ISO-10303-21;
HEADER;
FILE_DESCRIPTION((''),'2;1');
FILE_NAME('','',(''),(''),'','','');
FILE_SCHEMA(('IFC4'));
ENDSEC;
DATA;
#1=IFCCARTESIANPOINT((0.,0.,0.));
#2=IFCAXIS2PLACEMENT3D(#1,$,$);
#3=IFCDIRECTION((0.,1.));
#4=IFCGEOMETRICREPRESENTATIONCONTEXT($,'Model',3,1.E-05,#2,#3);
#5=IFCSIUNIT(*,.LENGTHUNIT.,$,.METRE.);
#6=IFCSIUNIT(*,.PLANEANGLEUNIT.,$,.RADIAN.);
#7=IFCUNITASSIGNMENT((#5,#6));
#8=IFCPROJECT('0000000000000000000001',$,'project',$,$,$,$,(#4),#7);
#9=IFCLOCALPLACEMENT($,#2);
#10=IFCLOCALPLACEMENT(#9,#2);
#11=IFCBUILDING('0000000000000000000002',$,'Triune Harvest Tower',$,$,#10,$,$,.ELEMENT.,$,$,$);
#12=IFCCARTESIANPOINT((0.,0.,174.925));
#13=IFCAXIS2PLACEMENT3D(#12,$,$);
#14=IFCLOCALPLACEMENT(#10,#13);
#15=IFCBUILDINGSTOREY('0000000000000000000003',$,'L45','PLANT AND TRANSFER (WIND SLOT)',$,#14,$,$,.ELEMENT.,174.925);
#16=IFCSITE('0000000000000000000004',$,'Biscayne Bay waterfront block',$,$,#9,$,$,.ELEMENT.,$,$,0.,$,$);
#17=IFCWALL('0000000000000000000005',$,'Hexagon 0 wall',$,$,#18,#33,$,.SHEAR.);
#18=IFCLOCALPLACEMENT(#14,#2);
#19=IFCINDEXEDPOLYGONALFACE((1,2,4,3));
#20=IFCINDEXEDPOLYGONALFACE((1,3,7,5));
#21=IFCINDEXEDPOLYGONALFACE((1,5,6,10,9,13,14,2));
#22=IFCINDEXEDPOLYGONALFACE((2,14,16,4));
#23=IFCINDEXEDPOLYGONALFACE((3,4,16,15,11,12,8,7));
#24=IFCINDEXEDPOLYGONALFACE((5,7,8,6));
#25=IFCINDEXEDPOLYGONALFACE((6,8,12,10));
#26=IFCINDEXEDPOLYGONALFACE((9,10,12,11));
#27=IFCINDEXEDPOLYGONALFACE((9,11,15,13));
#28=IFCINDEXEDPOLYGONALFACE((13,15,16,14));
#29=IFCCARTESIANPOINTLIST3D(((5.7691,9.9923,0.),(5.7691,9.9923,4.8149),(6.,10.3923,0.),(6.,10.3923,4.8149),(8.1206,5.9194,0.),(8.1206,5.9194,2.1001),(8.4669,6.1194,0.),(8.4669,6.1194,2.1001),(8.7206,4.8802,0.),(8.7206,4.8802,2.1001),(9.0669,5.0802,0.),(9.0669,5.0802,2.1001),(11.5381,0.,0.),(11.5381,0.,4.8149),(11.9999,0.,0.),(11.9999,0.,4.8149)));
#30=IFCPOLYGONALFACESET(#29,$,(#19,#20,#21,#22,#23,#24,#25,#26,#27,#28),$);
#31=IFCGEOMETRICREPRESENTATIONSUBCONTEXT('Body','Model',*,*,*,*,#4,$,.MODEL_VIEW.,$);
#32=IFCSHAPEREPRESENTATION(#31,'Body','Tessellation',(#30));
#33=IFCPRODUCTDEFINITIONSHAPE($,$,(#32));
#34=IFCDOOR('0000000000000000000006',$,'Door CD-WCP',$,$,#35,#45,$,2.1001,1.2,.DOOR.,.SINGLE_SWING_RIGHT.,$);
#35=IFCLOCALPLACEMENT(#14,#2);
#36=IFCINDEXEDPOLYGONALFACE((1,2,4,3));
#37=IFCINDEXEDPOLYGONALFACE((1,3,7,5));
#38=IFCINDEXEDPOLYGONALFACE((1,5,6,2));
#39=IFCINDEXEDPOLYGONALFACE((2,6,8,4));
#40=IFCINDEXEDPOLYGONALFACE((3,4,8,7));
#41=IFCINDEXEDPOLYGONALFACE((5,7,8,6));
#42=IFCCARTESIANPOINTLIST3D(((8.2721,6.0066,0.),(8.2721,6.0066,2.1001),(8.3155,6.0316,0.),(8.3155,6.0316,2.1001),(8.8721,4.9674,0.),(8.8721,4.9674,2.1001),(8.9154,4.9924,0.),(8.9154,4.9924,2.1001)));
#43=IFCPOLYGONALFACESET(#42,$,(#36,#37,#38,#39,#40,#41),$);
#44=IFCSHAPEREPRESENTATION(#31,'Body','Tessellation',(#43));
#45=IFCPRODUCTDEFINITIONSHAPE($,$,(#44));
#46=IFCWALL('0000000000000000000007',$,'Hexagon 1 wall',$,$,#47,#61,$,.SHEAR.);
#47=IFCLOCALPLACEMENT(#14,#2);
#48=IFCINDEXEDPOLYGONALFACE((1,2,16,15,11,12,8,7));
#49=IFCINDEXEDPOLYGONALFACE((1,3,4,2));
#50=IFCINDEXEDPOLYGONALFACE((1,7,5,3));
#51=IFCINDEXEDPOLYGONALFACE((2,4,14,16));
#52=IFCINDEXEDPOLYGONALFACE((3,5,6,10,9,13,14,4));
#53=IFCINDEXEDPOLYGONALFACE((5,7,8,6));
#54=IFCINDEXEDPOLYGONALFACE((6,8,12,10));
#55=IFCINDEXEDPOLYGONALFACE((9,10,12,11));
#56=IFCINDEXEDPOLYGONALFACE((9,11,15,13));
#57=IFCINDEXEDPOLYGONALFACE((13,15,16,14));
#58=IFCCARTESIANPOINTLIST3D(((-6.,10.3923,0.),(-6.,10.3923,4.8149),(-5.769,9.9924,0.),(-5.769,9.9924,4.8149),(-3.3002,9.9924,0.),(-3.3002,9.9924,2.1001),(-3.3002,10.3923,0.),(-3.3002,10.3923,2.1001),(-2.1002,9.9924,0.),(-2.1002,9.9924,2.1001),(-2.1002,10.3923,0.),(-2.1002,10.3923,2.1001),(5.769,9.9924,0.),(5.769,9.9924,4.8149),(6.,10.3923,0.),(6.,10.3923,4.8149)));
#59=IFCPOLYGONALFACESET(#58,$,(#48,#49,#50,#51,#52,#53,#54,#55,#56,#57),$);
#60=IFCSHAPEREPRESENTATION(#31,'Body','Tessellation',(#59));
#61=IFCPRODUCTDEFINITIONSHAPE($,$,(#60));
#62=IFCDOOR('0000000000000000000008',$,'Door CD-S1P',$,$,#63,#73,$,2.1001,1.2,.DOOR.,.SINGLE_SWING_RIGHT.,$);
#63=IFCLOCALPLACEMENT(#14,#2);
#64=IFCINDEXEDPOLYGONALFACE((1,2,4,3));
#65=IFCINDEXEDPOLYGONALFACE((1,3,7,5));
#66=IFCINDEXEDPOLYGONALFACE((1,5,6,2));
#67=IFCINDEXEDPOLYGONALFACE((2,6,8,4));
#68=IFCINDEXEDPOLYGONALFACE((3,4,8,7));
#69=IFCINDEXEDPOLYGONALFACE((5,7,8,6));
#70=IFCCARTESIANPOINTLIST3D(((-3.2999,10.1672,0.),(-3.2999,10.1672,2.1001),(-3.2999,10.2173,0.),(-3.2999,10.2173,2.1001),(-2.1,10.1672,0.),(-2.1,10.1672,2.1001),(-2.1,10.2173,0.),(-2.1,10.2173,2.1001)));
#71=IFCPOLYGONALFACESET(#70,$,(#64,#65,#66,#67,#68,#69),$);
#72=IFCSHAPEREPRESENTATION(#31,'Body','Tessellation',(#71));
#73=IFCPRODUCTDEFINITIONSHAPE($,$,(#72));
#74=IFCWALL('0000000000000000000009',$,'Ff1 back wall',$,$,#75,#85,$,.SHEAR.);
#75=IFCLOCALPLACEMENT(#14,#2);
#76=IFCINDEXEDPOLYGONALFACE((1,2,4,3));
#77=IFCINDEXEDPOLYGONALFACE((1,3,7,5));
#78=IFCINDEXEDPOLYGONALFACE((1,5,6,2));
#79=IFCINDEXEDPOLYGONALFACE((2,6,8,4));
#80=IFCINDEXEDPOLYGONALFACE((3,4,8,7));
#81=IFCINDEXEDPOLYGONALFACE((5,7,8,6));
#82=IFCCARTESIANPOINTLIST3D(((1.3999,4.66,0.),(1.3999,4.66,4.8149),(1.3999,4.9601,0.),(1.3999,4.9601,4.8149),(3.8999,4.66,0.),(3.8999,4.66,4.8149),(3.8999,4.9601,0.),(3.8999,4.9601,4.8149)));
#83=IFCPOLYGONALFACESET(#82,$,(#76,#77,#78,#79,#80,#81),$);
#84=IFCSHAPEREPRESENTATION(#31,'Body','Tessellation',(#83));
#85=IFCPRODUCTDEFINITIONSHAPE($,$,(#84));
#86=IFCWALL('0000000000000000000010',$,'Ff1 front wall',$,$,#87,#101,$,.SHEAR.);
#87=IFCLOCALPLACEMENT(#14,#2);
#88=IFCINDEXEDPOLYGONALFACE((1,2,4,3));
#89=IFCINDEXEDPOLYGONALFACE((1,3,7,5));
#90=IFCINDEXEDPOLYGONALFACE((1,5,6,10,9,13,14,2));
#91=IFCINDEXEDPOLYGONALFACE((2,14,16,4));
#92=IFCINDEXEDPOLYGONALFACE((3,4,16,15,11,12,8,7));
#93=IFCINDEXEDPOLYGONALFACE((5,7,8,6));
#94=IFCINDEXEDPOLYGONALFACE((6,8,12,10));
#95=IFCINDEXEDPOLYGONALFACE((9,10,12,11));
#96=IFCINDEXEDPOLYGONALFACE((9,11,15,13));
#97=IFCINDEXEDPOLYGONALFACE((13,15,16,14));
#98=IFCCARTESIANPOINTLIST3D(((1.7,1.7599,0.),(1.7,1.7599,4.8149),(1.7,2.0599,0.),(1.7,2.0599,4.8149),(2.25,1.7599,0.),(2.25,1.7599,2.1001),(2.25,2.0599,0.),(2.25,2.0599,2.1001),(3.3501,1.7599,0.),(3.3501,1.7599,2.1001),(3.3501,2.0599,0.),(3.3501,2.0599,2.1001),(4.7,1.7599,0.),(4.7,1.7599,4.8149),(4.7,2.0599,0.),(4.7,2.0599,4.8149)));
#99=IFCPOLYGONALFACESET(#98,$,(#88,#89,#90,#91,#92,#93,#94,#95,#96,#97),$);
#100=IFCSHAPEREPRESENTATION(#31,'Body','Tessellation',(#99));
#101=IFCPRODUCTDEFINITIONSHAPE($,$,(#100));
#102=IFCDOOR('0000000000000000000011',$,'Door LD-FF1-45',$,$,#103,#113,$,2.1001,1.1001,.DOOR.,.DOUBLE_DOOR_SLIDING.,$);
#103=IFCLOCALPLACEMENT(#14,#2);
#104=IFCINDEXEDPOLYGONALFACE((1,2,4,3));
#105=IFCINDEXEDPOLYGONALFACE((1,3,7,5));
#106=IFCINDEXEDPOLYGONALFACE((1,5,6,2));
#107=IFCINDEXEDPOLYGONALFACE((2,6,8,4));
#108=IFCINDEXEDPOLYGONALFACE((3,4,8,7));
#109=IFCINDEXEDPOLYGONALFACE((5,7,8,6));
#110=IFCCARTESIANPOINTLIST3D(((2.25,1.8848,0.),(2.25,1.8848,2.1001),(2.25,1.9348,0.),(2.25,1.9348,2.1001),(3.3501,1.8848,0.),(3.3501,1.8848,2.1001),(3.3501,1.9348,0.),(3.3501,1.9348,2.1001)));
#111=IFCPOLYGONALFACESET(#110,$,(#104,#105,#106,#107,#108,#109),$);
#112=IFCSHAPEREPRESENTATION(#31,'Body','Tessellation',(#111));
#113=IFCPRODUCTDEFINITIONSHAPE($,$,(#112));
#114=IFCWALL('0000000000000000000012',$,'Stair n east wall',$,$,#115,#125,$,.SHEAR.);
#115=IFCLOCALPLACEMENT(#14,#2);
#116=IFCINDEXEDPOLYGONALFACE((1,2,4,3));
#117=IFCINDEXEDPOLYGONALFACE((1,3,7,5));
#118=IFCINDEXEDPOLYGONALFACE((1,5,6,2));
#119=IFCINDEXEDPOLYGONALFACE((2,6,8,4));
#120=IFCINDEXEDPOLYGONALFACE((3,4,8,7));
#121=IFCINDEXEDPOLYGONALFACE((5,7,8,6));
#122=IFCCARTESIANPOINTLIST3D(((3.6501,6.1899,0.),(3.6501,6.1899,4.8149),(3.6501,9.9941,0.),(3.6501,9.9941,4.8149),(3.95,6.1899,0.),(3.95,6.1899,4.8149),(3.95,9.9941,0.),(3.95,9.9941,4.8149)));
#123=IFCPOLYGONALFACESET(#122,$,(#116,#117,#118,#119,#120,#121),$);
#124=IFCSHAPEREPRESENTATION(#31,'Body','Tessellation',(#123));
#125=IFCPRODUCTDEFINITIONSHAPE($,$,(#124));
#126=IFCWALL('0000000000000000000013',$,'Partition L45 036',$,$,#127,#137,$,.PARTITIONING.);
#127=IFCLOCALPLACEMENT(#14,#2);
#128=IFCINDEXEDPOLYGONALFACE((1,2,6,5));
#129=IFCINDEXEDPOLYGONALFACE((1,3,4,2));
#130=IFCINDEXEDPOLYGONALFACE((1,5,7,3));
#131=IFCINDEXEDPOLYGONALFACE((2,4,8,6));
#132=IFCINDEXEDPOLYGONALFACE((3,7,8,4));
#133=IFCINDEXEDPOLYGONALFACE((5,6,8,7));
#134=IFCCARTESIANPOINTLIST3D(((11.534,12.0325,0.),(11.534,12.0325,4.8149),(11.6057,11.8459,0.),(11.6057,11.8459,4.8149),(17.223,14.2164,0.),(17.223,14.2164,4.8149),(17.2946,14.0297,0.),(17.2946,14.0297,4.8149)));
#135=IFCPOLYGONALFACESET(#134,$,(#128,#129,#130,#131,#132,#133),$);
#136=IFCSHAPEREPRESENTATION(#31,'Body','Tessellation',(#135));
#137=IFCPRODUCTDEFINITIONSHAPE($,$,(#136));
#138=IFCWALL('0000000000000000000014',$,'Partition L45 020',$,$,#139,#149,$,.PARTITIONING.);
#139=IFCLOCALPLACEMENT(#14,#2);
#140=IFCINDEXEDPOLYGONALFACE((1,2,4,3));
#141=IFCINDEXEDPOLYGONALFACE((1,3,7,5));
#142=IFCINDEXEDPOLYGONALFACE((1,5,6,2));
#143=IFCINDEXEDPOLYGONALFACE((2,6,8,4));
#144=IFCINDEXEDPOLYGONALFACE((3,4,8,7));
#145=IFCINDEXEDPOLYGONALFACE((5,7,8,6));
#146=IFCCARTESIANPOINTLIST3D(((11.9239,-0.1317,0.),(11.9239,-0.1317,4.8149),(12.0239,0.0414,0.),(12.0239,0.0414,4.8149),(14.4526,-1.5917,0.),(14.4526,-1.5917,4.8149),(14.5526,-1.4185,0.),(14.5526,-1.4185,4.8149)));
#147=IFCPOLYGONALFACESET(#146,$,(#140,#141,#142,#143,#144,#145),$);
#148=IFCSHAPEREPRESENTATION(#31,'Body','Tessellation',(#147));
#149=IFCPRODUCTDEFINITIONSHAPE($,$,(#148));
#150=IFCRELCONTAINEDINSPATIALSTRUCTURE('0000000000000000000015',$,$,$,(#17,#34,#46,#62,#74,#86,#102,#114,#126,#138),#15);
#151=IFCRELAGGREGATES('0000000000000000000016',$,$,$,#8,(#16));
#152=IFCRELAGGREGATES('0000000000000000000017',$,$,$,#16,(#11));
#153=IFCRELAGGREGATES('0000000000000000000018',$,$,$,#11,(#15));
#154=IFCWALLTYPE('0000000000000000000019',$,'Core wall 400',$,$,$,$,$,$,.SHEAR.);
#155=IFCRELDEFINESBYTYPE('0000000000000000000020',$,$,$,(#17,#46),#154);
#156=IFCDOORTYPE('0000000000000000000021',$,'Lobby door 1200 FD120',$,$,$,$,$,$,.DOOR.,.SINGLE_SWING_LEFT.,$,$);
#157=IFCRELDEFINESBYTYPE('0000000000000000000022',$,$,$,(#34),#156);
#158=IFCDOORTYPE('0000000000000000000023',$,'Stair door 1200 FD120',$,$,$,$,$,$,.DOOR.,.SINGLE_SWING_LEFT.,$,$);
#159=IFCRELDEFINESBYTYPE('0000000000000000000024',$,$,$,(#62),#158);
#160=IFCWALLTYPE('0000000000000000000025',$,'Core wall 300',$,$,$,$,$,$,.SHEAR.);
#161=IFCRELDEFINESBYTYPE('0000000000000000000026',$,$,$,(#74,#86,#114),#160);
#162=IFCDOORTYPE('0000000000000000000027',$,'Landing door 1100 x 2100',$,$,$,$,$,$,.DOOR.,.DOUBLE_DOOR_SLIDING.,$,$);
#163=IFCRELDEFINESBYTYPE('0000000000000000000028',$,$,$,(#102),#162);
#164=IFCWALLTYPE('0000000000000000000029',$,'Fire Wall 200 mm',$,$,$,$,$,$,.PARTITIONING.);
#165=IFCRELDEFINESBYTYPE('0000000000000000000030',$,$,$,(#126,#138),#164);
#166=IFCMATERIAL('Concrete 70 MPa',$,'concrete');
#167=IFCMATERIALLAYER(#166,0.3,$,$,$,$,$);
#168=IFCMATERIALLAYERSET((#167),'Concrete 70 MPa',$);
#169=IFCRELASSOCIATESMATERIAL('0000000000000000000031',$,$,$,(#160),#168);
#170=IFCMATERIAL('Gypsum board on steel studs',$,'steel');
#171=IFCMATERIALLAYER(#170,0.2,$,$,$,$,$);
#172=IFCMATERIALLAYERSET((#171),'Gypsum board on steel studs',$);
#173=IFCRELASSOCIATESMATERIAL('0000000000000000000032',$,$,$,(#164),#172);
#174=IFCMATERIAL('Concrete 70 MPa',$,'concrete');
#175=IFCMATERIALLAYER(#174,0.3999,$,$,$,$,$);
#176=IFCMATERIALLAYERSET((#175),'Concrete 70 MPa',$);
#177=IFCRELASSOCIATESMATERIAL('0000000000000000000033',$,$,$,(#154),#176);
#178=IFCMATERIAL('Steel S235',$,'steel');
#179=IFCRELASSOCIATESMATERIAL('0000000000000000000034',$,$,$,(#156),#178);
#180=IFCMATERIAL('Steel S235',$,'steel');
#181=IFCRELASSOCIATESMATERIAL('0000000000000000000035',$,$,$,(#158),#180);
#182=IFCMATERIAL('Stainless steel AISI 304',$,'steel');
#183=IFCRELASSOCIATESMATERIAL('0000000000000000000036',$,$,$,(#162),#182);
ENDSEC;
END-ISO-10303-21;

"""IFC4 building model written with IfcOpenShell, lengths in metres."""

from ifc_helpers import new_model, si_unit, direction, frame, frame_2d, origin, place, context, subcontext, project, spatial, polyline, rectangle, outline, extrude, source, transform, mapped, material, layer, layer_set, type_object, element, fill, save


model = new_model("IFC4")

# Units and contexts
model_context = context("Model", 3, precision=1e-05, world=origin(), true_north=direction((0.0, 1.0)))
body_context = subcontext(model_context, "Body", "Model", "MODEL_VIEW")
ifc_project = project(units=[si_unit("LENGTHUNIT", "METRE"), si_unit("PLANEANGLEUNIT", "RADIAN")], contexts=[model_context])

# Site, building, storey
site_placement = place(None, origin())
site = spatial("IfcSite", under=ifc_project, at=site_placement, Name="Biscayne Bay waterfront block", CompositionType="ELEMENT", RefElevation=0.0)
building_placement = place(site_placement, origin())
building = spatial("IfcBuilding", under=site, at=building_placement, Name="Triune Harvest Tower", CompositionType="ELEMENT")
storey_placement = place(building_placement, frame((0.0, 0.0, 174.925)))
storey = spatial("IfcBuildingStorey", under=building, at=storey_placement, Name="L45", Description="PLANT AND TRANSFER (WIND SLOT)", CompositionType="ELEMENT", Elevation=174.925)

# Shared definitions
ifc_material_1 = material(Name="Concrete 70 MPa", Category="concrete")
ifc_layer_1 = layer(ifc_material_1, 0.3)
ifc_layer_set_1 = layer_set([ifc_layer_1], Name="Concrete 70 MPa")
wall_type_1 = type_object("IfcWallType", Name="Core wall 300", PredefinedType="SHEAR", material=ifc_layer_set_1)
ifc_material_2 = material(Name="Gypsum board on steel studs", Category="steel")
ifc_layer_2 = layer(ifc_material_2, 0.2)
ifc_layer_set_2 = layer_set([ifc_layer_2], Name="Gypsum board on steel studs")
wall_type_2 = type_object("IfcWallType", Name="Fire Wall 200 mm", PredefinedType="PARTITIONING", material=ifc_layer_set_2)

# Walls, openings, doors
ifc_material_3 = material(Name="Concrete 70 MPa", Category="concrete")
ifc_layer_3 = layer(ifc_material_3, 0.3999)
ifc_layer_set_3 = layer_set([ifc_layer_3], Name="Concrete 70 MPa")
wall_type_3 = type_object("IfcWallType", Name="Core wall 400", PredefinedType="SHEAR", material=ifc_layer_set_3)
shared_shape_1 = source(origin(), body_context, "Body", "SweptSolid", [
    extrude(outline(polyline([(-0.1155, -0.2), (11.8845, -0.2), (11.6536, 0.2), (0.1155, 0.2), (-0.1155, -0.2)])), origin(), (0.0, 0.0, 1.0), 4.8149),
])
wall_1_placement = place(storey_placement, frame((11.769, 0.0, 0.0), z_axis=(0.0, 0.0, 1.0), x_axis=(-0.499997, 0.866027, 0.0)))
wall_1 = element("IfcWall", 1, at=wall_1_placement, inside=storey, type_object=wall_type_3, Name="Hexagon 0 wall", PredefinedType="SHEAR", context=body_context, shape_type="MappedRepresentation", body=[
    mapped(shared_shape_1, transform((0.0, 0.0, 0.0), scale=1.0)),
])
opening_1_placement = place(wall_1_placement, frame((5.7505, 0.0, 0.0)))
opening_1 = element("IfcOpeningElement", 2, at=opening_1_placement, cuts=wall_1, PredefinedType="OPENING", context=body_context, shape_type="SweptSolid", body=[
    extrude(rectangle(XDim=1.2, YDim=2.1001, at=frame_2d((0.6001, 1.05))), frame((0.0, 0.21, 0.0), z_axis=(0.0, -1.0, 0.0), x_axis=(1.0, 0.0, 0.0)), (0.0, 0.0, 1.0), 0.4199),
])
ifc_material_4 = material(Name="Steel S235", Category="steel")
door_type_1 = type_object("IfcDoorType", Name="Lobby door 1200 FD120", OperationType="SINGLE_SWING_LEFT", PredefinedType="DOOR", material=ifc_material_4)
door_1_placement = place(opening_1_placement, frame((1.2, 0.0, 0.0), z_axis=(0.0, 0.0, 1.0), x_axis=(-1.0, 0.0, 0.0)))
door_1 = element("IfcDoor", 3, at=door_1_placement, inside=storey, type_object=door_type_1, Name="Door CD-WCP", OperationType="SINGLE_SWING_RIGHT", OverallHeight=2.1001, OverallWidth=1.2, PredefinedType="DOOR", context=body_context, shape_type="SweptSolid", body=[
    extrude(rectangle(XDim=1.2, YDim=2.1001, at=frame_2d((0.6001, 1.05))), frame((0.0, 0.0249, 0.0), z_axis=(0.0, -1.0, 0.0), x_axis=(1.0, 0.0, 0.0)), (0.0, 0.0, 1.0), 0.05),
])
fill(opening_1, door_1)
wall_2_placement = place(storey_placement, frame((5.8845, 10.1924, 0.0), z_axis=(0.0, 0.0, 1.0), x_axis=(-1.0, 0.0, 0.0)))
wall_2 = element("IfcWall", 4, at=wall_2_placement, inside=storey, type_object=wall_type_3, Name="Hexagon 1 wall", PredefinedType="SHEAR", context=body_context, shape_type="MappedRepresentation", body=[
    mapped(shared_shape_1, transform((0.0, 0.0, 0.0), scale=1.0)),
])
opening_2_placement = place(wall_2_placement, frame((7.9846, 0.0, 0.0)))
opening_2 = element("IfcOpeningElement", 5, at=opening_2_placement, cuts=wall_2, PredefinedType="OPENING", context=body_context, shape_type="SweptSolid", body=[
    extrude(rectangle(XDim=1.2, YDim=2.1001, at=frame_2d((0.6001, 1.05))), frame((0.0, 0.21, 0.0), z_axis=(0.0, -1.0, 0.0), x_axis=(1.0, 0.0, 0.0)), (0.0, 0.0, 1.0), 0.4199),
])
ifc_material_5 = material(Name="Steel S235", Category="steel")
door_type_2 = type_object("IfcDoorType", Name="Stair door 1200 FD120", OperationType="SINGLE_SWING_LEFT", PredefinedType="DOOR", material=ifc_material_5)
door_2_placement = place(opening_2_placement, frame((1.2, 0.0, 0.0), z_axis=(0.0, 0.0, 1.0), x_axis=(-1.0, 0.0, 0.0)))
door_2 = element("IfcDoor", 6, at=door_2_placement, inside=storey, type_object=door_type_2, Name="Door CD-S1P", OperationType="SINGLE_SWING_RIGHT", OverallHeight=2.1001, OverallWidth=1.2, PredefinedType="DOOR", context=body_context, shape_type="SweptSolid", body=[
    extrude(rectangle(XDim=1.2, YDim=2.1001, at=frame_2d((0.6001, 1.05))), frame((0.0, 0.0249, 0.0), z_axis=(0.0, -1.0, 0.0), x_axis=(1.0, 0.0, 0.0)), (0.0, 0.0, 1.0), 0.05),
])
fill(opening_2, door_2)

# Wall
shared_shape_2 = source(origin(), body_context, "Body", "SweptSolid", [
    extrude(rectangle(XDim=2.5, YDim=0.3, at=frame_2d((1.25, 0.0))), origin(), (0.0, 0.0, 1.0), 4.8149),
])
wall_3_placement = place(storey_placement, frame((1.3999, 4.8101, 0.0), z_axis=(0.0, 0.0, 1.0), x_axis=(1.0, 0.0, 0.0)))
element("IfcWall", 7, at=wall_3_placement, inside=storey, type_object=wall_type_1, Name="Ff1 back wall", PredefinedType="SHEAR", context=body_context, shape_type="MappedRepresentation", body=[
    mapped(shared_shape_2, transform((0.0, 0.0, 0.0), scale=1.0)),
])

# Wall, opening, door
shared_shape_3 = source(origin(), body_context, "Body", "SweptSolid", [
    extrude(rectangle(XDim=3.0, YDim=0.3, at=frame_2d((1.5, 0.0))), origin(), (0.0, 0.0, 1.0), 4.8149),
])
wall_4_placement = place(storey_placement, frame((1.7, 1.9099, 0.0), z_axis=(0.0, 0.0, 1.0), x_axis=(1.0, 0.0, 0.0)))
wall_4 = element("IfcWall", 8, at=wall_4_placement, inside=storey, type_object=wall_type_1, Name="Ff1 front wall", PredefinedType="SHEAR", context=body_context, shape_type="MappedRepresentation", body=[
    mapped(shared_shape_3, transform((0.0, 0.0, 0.0), scale=1.0)),
])
opening_3_placement = place(wall_4_placement, frame((0.55, 0.0, 0.0)))
opening_3 = element("IfcOpeningElement", 9, at=opening_3_placement, cuts=wall_4, PredefinedType="OPENING", context=body_context, shape_type="SweptSolid", body=[
    extrude(rectangle(XDim=1.1001, YDim=2.1001, at=frame_2d((0.55, 1.05))), frame((0.0, 0.1602, 0.0), z_axis=(0.0, -1.0, 0.0), x_axis=(1.0, 0.0, 0.0)), (0.0, 0.0, 1.0), 0.3201),
])
ifc_material_6 = material(Name="Stainless steel AISI 304", Category="steel")
door_type_3 = type_object("IfcDoorType", Name="Landing door 1100 x 2100", OperationType="DOUBLE_DOOR_SLIDING", PredefinedType="DOOR", material=ifc_material_6)
door_3_placement = place(opening_3_placement, origin())
door_3 = element("IfcDoor", 10, at=door_3_placement, inside=storey, type_object=door_type_3, Name="Door LD-FF1-45", OperationType="DOUBLE_DOOR_SLIDING", OverallHeight=2.1001, OverallWidth=1.1001, PredefinedType="DOOR", context=body_context, shape_type="SweptSolid", body=[
    extrude(rectangle(XDim=1.1001, YDim=2.1001, at=frame_2d((0.55, 1.05))), frame((0.0, 0.0249, 0.0), z_axis=(0.0, -1.0, 0.0), x_axis=(1.0, 0.0, 0.0)), (0.0, 0.0, 1.0), 0.05),
])
fill(opening_3, door_3)

# Walls
shared_shape_4 = source(origin(), body_context, "Body", "SweptSolid", [
    extrude(outline(polyline([(0.0, -0.1499), (0.0, 0.1499), (3.8042, 0.1499), (3.8042, -0.1499), (0.0, -0.1499)])), origin(), (0.0, 0.0, 1.0), 4.8149),
])
wall_5_placement = place(storey_placement, frame((3.8, 6.1899, 0.0), z_axis=(0.0, 0.0, 1.0), x_axis=(0.0, 1.0, 0.0)))
element("IfcWall", 11, at=wall_5_placement, inside=storey, type_object=wall_type_1, Name="Stair n east wall", PredefinedType="SHEAR", context=body_context, shape_type="MappedRepresentation", body=[
    mapped(shared_shape_4, transform((0.0, 0.0, 0.0), scale=1.0)),
])
shared_shape_5 = source(origin(), body_context, "Body", "SweptSolid", [
    extrude(rectangle(XDim=6.0938, YDim=0.2, at=frame_2d((3.0469, 0.0))), origin(), (0.0, 0.0, 1.0), 4.8149),
])
wall_6_placement = place(storey_placement, frame((11.5698, 11.9392, 0.0), z_axis=(0.0, 0.0, 1.0), x_axis=(0.933578, 0.358375, 0.0)))
element("IfcWall", 12, at=wall_6_placement, inside=storey, type_object=wall_type_2, Name="Partition L45 036", PredefinedType="PARTITIONING", context=body_context, shape_type="MappedRepresentation", body=[
    mapped(shared_shape_5, transform((0.0, 0.0, 0.0), scale=1.0)),
])
shared_shape_6 = source(origin(), body_context, "Body", "SweptSolid", [
    extrude(rectangle(XDim=2.9199, YDim=0.2, at=frame_2d((1.46, 0.0))), origin(), (0.0, 0.0, 1.0), 4.8149),
])
wall_7_placement = place(storey_placement, frame((11.9739, -0.0452, 0.0), z_axis=(0.0, 0.0, 1.0), x_axis=(0.866032, -0.499988, 0.0)))
element("IfcWall", 13, at=wall_7_placement, inside=storey, type_object=wall_type_2, Name="Partition L45 020", PredefinedType="PARTITIONING", context=body_context, shape_type="MappedRepresentation", body=[
    mapped(shared_shape_6, transform((0.0, 0.0, 0.0), scale=1.0)),
])

save(model, "model.ifc")
